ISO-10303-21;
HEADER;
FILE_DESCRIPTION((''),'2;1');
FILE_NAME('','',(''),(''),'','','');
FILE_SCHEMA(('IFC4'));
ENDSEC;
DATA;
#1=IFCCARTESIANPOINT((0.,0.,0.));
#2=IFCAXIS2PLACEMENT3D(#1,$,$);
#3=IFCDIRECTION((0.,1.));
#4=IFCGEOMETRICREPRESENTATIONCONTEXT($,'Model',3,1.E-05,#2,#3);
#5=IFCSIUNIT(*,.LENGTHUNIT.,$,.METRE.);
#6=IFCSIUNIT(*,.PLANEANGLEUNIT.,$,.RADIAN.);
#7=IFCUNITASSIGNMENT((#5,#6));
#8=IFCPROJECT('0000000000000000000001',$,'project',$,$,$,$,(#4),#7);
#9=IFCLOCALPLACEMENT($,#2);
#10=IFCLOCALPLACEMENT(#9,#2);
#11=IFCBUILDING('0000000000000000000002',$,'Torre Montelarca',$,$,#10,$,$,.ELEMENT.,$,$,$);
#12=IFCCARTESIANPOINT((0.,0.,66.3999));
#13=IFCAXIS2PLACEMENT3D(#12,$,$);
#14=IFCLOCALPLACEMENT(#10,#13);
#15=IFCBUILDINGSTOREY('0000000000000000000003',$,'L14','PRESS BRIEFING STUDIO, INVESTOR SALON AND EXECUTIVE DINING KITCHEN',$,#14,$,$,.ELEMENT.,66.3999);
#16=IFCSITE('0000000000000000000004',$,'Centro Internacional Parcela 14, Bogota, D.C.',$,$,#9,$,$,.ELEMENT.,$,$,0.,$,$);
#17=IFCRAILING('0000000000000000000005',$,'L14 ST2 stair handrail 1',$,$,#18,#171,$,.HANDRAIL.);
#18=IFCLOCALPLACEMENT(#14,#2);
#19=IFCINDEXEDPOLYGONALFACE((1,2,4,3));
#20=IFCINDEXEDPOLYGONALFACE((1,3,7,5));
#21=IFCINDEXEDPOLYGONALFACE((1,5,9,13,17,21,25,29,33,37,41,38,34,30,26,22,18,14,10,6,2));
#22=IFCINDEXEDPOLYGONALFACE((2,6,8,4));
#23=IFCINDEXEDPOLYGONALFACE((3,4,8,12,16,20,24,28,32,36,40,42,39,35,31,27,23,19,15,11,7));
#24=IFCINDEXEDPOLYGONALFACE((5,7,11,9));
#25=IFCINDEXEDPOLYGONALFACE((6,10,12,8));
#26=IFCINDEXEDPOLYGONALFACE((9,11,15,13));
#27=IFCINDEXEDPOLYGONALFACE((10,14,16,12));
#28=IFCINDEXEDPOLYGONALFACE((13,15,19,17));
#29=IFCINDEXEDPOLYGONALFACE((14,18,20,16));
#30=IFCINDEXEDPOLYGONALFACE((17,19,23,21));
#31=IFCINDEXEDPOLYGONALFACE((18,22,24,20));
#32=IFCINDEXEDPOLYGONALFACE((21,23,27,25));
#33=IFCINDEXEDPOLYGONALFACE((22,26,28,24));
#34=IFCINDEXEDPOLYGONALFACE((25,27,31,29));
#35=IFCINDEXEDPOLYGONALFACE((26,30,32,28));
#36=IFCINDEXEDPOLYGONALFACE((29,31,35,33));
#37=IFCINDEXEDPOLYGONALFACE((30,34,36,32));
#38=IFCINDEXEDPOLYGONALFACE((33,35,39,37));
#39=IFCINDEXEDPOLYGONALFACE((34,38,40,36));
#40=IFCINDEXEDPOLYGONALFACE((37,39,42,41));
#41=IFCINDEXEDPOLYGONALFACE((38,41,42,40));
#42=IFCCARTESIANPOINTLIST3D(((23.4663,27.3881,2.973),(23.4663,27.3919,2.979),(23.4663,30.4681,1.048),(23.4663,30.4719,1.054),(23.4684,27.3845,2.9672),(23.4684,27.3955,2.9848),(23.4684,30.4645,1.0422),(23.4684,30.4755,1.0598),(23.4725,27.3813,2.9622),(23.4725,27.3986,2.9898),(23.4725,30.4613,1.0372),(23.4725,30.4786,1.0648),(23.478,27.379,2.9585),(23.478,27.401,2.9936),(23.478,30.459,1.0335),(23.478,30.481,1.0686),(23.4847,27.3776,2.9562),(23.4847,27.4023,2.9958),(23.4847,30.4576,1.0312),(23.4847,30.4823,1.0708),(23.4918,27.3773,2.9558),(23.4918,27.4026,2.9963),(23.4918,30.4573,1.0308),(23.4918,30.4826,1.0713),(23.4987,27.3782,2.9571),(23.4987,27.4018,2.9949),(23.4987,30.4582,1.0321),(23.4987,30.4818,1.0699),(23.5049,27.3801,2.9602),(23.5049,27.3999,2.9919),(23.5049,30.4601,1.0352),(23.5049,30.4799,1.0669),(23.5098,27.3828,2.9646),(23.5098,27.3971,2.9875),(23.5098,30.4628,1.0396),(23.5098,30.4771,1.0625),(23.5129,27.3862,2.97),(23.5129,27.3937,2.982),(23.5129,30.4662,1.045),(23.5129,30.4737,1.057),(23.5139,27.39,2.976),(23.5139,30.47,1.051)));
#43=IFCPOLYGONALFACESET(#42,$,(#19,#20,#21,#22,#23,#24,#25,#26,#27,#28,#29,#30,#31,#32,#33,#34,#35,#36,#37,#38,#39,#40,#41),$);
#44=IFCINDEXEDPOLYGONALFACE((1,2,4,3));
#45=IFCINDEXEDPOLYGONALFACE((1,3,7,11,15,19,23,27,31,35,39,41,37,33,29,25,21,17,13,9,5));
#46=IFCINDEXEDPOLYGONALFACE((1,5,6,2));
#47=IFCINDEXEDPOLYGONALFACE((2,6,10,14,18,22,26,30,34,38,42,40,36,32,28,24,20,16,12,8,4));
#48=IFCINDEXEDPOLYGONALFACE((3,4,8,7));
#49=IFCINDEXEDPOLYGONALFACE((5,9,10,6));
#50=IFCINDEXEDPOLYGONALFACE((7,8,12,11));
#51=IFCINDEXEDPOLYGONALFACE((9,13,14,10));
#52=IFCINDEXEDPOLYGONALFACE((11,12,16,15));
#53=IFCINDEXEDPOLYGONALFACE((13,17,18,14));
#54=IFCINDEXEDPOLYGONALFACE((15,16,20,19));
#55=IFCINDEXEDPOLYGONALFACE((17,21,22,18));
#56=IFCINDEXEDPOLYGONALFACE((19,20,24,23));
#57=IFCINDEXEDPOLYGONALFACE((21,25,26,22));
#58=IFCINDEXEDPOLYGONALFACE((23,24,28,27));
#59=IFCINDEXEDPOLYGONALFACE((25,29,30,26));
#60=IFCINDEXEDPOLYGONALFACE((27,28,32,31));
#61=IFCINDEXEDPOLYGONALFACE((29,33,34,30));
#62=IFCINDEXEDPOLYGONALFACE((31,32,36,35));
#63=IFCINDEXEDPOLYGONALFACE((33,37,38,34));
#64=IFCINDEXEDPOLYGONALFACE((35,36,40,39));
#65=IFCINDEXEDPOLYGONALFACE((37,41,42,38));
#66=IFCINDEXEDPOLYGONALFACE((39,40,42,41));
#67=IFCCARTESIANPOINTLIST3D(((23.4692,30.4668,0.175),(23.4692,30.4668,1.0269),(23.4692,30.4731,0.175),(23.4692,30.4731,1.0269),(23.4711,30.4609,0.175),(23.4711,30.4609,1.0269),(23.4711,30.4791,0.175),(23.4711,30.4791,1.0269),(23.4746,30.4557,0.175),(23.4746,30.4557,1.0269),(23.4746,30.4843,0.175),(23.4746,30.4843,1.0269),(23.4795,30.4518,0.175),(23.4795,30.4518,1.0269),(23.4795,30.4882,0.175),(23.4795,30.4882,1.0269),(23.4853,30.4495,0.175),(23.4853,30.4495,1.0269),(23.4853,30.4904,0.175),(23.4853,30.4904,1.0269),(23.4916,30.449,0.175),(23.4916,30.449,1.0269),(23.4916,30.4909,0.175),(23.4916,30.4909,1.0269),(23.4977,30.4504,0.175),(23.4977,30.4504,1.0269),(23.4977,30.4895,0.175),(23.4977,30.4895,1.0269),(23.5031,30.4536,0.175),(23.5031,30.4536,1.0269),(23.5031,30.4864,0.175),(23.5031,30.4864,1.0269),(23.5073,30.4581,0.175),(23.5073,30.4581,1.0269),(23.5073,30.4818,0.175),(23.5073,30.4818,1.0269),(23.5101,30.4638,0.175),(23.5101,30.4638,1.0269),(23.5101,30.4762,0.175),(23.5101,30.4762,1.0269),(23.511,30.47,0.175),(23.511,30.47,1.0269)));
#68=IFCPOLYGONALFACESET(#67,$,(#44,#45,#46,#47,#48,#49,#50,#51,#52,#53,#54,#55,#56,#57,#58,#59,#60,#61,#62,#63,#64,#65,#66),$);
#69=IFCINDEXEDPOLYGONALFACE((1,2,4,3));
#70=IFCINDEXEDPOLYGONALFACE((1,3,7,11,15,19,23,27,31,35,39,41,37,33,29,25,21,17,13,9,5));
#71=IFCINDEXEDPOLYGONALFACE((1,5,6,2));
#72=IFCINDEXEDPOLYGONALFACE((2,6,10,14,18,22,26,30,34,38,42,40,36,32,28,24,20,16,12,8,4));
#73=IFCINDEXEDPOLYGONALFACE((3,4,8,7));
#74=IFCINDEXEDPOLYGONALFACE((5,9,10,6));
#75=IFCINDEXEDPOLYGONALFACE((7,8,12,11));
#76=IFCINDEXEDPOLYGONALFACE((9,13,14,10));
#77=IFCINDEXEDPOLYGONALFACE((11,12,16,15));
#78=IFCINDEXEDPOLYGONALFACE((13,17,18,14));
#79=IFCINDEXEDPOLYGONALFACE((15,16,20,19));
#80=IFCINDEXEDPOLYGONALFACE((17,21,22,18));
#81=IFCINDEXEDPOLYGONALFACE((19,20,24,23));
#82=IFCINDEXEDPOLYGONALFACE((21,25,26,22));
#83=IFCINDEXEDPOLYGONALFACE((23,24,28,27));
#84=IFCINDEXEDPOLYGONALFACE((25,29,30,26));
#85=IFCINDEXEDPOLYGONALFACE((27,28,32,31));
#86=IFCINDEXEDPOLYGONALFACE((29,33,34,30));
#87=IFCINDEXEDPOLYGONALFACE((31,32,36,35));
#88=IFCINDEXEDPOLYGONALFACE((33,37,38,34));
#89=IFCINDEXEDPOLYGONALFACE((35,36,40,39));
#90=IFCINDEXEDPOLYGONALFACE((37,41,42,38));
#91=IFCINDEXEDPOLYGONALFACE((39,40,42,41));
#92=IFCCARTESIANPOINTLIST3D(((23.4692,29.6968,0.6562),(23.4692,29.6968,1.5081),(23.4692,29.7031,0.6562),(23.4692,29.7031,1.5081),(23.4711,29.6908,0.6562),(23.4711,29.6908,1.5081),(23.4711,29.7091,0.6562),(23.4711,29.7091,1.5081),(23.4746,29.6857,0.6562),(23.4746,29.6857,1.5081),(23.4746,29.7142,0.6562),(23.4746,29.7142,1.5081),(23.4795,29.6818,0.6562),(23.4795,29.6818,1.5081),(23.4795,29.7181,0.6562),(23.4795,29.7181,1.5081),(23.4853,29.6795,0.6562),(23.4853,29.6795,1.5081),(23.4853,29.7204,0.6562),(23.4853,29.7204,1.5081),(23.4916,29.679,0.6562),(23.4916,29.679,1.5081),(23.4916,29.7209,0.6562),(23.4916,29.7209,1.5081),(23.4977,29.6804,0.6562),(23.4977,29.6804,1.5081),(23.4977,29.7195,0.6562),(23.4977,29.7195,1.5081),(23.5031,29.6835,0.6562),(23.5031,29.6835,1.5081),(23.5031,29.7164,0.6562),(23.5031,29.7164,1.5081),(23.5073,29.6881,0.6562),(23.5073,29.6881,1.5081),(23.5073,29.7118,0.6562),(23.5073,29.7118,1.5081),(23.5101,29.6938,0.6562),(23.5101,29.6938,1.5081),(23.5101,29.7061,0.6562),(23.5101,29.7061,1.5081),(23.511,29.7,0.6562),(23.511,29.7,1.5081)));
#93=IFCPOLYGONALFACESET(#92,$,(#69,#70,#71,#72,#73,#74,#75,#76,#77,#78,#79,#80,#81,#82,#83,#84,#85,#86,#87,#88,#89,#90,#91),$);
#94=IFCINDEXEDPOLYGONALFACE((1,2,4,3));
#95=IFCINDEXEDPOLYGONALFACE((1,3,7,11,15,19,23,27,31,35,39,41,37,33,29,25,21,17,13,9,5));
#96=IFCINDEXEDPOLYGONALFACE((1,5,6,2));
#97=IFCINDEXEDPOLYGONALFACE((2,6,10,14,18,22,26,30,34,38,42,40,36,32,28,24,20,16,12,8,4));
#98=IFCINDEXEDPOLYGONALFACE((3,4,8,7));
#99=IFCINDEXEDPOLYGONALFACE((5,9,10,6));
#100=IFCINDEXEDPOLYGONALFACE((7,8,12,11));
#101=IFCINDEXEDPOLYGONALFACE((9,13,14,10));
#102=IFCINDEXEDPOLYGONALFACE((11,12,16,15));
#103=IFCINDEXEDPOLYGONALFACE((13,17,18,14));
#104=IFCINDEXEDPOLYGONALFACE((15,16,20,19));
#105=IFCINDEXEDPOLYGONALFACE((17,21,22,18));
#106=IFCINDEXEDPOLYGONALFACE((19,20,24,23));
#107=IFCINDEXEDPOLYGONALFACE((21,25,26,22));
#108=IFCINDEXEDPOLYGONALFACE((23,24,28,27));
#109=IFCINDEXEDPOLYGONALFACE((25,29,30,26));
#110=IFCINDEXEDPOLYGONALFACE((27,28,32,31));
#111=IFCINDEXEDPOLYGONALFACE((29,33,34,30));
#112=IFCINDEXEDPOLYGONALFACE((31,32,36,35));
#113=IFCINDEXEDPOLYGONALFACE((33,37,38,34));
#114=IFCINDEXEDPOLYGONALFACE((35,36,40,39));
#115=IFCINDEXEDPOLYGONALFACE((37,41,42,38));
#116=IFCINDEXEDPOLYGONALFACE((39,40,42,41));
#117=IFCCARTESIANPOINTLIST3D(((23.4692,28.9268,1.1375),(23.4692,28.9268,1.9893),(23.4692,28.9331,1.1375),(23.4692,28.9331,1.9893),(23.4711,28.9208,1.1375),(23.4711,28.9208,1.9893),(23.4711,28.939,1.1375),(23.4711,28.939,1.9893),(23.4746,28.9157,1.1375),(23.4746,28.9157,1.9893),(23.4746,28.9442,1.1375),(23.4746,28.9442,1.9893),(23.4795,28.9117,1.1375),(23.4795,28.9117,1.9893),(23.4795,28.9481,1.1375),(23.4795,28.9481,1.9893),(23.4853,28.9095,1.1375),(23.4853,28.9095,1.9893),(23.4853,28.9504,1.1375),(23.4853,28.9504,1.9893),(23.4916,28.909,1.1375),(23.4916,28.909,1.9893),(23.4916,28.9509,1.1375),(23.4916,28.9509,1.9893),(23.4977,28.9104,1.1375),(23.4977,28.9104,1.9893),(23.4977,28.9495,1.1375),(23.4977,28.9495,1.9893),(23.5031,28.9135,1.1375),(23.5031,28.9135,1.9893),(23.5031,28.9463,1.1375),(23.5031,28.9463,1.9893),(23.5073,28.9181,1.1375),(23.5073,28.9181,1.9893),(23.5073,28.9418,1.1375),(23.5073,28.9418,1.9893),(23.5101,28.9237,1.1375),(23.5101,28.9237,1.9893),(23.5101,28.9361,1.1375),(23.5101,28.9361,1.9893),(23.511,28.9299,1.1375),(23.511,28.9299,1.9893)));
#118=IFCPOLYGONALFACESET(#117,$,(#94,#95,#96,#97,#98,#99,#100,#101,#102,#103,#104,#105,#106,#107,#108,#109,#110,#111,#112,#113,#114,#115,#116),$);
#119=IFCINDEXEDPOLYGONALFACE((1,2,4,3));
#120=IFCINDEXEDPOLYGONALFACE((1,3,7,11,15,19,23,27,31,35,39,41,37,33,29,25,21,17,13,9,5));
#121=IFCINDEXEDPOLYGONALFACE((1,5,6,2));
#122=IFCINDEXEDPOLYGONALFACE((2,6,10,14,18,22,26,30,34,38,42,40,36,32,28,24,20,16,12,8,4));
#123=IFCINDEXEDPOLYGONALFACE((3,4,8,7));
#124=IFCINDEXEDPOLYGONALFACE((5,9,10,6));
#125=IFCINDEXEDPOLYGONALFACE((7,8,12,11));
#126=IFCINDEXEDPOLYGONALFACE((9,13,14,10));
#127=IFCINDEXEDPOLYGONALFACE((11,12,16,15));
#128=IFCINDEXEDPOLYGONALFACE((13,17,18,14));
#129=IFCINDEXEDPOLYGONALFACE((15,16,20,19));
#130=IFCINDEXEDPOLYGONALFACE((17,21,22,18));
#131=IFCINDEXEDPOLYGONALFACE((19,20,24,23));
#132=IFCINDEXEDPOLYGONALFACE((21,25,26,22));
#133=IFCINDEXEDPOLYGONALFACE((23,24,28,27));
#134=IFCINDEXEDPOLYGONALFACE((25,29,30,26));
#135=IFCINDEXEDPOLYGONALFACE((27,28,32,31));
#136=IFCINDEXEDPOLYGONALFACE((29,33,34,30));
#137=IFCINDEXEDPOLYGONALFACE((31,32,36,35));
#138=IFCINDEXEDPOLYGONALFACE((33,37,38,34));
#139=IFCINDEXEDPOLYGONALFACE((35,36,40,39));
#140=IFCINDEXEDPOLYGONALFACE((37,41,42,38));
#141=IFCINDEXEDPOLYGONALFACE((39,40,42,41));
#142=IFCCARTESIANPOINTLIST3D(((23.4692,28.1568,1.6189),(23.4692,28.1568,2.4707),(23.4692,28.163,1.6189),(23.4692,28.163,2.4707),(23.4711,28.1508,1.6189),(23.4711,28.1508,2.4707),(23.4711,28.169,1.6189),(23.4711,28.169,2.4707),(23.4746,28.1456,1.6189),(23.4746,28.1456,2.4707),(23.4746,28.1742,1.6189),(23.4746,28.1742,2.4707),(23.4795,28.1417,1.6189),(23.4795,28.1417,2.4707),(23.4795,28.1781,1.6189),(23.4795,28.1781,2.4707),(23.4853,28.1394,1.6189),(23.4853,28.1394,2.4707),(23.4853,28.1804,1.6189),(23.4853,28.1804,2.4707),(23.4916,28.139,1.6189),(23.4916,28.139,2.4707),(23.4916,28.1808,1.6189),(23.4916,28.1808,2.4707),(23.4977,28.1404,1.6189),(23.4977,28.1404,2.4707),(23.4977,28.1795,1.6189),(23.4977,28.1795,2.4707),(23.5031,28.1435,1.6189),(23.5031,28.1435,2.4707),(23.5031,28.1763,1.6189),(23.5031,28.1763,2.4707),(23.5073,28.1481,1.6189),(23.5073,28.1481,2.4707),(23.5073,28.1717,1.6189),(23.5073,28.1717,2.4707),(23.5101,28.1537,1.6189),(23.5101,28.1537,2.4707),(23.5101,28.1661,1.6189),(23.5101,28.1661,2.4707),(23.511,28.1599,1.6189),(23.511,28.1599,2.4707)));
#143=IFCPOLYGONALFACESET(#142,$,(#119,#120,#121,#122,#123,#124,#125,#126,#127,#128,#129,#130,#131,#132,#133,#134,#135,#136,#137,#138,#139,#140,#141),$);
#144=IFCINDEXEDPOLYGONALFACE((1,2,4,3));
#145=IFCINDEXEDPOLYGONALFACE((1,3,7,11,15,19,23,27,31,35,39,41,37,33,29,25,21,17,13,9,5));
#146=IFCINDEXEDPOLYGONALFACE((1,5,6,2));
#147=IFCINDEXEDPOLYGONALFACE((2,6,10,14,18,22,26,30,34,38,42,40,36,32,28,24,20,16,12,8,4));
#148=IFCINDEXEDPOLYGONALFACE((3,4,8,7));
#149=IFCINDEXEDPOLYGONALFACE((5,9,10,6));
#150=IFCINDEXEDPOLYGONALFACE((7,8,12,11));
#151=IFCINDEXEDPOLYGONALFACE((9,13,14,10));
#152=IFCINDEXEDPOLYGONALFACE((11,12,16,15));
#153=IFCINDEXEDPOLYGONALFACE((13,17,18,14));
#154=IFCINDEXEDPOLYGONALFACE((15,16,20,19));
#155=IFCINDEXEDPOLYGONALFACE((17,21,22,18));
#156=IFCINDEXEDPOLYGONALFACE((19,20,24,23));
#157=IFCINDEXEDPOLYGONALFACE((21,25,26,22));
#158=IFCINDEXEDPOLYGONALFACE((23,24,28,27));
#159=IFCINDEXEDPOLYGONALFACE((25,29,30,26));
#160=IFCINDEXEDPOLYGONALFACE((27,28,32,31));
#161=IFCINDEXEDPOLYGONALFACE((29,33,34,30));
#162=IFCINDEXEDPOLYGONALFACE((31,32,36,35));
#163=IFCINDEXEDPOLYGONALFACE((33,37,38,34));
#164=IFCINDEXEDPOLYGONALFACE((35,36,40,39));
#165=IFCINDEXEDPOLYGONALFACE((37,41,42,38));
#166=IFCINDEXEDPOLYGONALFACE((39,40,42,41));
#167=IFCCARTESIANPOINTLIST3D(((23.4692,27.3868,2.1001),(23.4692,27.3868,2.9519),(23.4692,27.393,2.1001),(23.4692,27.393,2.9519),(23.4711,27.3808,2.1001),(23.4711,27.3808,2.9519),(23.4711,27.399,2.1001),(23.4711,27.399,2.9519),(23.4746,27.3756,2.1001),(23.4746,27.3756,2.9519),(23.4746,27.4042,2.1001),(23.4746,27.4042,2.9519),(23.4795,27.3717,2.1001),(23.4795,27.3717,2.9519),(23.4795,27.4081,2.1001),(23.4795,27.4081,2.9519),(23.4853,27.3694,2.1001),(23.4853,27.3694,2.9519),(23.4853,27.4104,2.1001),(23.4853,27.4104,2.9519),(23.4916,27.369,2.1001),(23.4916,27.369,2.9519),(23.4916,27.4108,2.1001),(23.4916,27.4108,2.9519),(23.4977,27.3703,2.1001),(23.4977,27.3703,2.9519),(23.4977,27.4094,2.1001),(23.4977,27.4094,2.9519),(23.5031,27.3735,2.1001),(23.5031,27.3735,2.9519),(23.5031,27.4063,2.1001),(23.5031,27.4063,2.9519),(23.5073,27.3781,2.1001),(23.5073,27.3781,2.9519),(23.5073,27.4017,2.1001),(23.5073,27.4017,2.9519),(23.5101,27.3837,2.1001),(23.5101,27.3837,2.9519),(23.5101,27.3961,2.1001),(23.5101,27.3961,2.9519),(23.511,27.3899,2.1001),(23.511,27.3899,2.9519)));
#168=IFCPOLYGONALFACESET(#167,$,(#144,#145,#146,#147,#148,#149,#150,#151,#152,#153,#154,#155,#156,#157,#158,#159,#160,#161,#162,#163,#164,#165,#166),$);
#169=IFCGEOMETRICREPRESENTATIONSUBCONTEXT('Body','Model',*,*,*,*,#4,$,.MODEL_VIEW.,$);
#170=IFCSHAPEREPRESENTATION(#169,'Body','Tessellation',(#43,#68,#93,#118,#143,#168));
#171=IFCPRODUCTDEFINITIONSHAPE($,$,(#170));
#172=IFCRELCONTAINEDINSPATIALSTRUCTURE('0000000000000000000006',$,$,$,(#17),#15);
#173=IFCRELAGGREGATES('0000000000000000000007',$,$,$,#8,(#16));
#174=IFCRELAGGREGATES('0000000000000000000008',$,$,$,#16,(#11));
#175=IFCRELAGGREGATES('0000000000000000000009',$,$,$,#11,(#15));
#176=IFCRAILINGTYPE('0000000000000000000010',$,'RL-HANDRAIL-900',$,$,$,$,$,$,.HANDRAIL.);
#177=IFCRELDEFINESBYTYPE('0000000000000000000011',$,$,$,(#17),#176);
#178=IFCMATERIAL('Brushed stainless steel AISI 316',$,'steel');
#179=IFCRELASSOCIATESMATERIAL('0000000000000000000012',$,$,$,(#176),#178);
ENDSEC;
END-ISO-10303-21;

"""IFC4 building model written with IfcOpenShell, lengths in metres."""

from ifc_helpers import new_model, si_unit, direction, frame, origin, origin_2d, place, context, subcontext, project, spatial, circle, extrude, material, type_object, element, save


model = new_model("IFC4")

# Units and contexts
model_context = context("Model", 3, precision=1e-05, world=origin(), true_north=direction((0.0, 1.0)))
body_context = subcontext(model_context, "Body", "Model", "MODEL_VIEW")
ifc_project = project(units=[si_unit("LENGTHUNIT", "METRE"), si_unit("PLANEANGLEUNIT", "RADIAN")], contexts=[model_context])

# Site, building, storey
site_placement = place(None, origin())
site = spatial("IfcSite", under=ifc_project, at=site_placement, Name="Centro Internacional Parcela 14, Bogota, D.C.", CompositionType="ELEMENT", RefElevation=0.0)
building_placement = place(site_placement, origin())
building = spatial("IfcBuilding", under=site, at=building_placement, Name="Torre Montelarca", CompositionType="ELEMENT")
storey_placement = place(building_placement, frame((0.0, 0.0, 66.3999)))
storey = spatial("IfcBuildingStorey", under=building, at=storey_placement, Name="L14", Description="PRESS BRIEFING STUDIO, INVESTOR SALON AND EXECUTIVE DINING KITCHEN", CompositionType="ELEMENT", Elevation=66.3999)

# Shared definitions
ifc_material_1 = material(Name="Brushed stainless steel AISI 316", Category="steel")

# Railing
railing_type_1 = type_object("IfcRailingType", Name="RL-HANDRAIL-900", PredefinedType="HANDRAIL", material=ifc_material_1)
railing_1_placement = place(storey_placement, frame((23.49, 30.47, 0.175)))
element("IfcRailing", 1, at=railing_1_placement, inside=storey, type_object=railing_type_1, Name="L14 ST2 stair handrail 1", PredefinedType="HANDRAIL", context=body_context, shape_type="SweptSolid", body=[
    extrude(circle(Radius=0.0239, at=origin_2d()), frame((0.0, 0.0, 0.876), z_axis=(0.0, -0.847998, 0.529999), x_axis=(1.0, 0.0, 0.0)), (0.0, 0.0, 1.0), 3.6321),
    extrude(circle(Radius=0.021, at=origin_2d()), origin(), (0.0, 0.0, 1.0), 0.8518),
    extrude(circle(Radius=0.021, at=origin_2d()), frame((0.0, -0.77, 0.4812)), (0.0, 0.0, 1.0), 0.8518),
    extrude(circle(Radius=0.021, at=origin_2d()), frame((0.0, -1.54, 0.9624)), (0.0, 0.0, 1.0), 0.8518),
    extrude(circle(Radius=0.021, at=origin_2d()), frame((0.0, -2.3101, 1.4438)), (0.0, 0.0, 1.0), 0.8518),
    extrude(circle(Radius=0.021, at=origin_2d()), frame((0.0, -3.0801, 1.925)), (0.0, 0.0, 1.0), 0.8518),
])

save(model, "model.ifc")
